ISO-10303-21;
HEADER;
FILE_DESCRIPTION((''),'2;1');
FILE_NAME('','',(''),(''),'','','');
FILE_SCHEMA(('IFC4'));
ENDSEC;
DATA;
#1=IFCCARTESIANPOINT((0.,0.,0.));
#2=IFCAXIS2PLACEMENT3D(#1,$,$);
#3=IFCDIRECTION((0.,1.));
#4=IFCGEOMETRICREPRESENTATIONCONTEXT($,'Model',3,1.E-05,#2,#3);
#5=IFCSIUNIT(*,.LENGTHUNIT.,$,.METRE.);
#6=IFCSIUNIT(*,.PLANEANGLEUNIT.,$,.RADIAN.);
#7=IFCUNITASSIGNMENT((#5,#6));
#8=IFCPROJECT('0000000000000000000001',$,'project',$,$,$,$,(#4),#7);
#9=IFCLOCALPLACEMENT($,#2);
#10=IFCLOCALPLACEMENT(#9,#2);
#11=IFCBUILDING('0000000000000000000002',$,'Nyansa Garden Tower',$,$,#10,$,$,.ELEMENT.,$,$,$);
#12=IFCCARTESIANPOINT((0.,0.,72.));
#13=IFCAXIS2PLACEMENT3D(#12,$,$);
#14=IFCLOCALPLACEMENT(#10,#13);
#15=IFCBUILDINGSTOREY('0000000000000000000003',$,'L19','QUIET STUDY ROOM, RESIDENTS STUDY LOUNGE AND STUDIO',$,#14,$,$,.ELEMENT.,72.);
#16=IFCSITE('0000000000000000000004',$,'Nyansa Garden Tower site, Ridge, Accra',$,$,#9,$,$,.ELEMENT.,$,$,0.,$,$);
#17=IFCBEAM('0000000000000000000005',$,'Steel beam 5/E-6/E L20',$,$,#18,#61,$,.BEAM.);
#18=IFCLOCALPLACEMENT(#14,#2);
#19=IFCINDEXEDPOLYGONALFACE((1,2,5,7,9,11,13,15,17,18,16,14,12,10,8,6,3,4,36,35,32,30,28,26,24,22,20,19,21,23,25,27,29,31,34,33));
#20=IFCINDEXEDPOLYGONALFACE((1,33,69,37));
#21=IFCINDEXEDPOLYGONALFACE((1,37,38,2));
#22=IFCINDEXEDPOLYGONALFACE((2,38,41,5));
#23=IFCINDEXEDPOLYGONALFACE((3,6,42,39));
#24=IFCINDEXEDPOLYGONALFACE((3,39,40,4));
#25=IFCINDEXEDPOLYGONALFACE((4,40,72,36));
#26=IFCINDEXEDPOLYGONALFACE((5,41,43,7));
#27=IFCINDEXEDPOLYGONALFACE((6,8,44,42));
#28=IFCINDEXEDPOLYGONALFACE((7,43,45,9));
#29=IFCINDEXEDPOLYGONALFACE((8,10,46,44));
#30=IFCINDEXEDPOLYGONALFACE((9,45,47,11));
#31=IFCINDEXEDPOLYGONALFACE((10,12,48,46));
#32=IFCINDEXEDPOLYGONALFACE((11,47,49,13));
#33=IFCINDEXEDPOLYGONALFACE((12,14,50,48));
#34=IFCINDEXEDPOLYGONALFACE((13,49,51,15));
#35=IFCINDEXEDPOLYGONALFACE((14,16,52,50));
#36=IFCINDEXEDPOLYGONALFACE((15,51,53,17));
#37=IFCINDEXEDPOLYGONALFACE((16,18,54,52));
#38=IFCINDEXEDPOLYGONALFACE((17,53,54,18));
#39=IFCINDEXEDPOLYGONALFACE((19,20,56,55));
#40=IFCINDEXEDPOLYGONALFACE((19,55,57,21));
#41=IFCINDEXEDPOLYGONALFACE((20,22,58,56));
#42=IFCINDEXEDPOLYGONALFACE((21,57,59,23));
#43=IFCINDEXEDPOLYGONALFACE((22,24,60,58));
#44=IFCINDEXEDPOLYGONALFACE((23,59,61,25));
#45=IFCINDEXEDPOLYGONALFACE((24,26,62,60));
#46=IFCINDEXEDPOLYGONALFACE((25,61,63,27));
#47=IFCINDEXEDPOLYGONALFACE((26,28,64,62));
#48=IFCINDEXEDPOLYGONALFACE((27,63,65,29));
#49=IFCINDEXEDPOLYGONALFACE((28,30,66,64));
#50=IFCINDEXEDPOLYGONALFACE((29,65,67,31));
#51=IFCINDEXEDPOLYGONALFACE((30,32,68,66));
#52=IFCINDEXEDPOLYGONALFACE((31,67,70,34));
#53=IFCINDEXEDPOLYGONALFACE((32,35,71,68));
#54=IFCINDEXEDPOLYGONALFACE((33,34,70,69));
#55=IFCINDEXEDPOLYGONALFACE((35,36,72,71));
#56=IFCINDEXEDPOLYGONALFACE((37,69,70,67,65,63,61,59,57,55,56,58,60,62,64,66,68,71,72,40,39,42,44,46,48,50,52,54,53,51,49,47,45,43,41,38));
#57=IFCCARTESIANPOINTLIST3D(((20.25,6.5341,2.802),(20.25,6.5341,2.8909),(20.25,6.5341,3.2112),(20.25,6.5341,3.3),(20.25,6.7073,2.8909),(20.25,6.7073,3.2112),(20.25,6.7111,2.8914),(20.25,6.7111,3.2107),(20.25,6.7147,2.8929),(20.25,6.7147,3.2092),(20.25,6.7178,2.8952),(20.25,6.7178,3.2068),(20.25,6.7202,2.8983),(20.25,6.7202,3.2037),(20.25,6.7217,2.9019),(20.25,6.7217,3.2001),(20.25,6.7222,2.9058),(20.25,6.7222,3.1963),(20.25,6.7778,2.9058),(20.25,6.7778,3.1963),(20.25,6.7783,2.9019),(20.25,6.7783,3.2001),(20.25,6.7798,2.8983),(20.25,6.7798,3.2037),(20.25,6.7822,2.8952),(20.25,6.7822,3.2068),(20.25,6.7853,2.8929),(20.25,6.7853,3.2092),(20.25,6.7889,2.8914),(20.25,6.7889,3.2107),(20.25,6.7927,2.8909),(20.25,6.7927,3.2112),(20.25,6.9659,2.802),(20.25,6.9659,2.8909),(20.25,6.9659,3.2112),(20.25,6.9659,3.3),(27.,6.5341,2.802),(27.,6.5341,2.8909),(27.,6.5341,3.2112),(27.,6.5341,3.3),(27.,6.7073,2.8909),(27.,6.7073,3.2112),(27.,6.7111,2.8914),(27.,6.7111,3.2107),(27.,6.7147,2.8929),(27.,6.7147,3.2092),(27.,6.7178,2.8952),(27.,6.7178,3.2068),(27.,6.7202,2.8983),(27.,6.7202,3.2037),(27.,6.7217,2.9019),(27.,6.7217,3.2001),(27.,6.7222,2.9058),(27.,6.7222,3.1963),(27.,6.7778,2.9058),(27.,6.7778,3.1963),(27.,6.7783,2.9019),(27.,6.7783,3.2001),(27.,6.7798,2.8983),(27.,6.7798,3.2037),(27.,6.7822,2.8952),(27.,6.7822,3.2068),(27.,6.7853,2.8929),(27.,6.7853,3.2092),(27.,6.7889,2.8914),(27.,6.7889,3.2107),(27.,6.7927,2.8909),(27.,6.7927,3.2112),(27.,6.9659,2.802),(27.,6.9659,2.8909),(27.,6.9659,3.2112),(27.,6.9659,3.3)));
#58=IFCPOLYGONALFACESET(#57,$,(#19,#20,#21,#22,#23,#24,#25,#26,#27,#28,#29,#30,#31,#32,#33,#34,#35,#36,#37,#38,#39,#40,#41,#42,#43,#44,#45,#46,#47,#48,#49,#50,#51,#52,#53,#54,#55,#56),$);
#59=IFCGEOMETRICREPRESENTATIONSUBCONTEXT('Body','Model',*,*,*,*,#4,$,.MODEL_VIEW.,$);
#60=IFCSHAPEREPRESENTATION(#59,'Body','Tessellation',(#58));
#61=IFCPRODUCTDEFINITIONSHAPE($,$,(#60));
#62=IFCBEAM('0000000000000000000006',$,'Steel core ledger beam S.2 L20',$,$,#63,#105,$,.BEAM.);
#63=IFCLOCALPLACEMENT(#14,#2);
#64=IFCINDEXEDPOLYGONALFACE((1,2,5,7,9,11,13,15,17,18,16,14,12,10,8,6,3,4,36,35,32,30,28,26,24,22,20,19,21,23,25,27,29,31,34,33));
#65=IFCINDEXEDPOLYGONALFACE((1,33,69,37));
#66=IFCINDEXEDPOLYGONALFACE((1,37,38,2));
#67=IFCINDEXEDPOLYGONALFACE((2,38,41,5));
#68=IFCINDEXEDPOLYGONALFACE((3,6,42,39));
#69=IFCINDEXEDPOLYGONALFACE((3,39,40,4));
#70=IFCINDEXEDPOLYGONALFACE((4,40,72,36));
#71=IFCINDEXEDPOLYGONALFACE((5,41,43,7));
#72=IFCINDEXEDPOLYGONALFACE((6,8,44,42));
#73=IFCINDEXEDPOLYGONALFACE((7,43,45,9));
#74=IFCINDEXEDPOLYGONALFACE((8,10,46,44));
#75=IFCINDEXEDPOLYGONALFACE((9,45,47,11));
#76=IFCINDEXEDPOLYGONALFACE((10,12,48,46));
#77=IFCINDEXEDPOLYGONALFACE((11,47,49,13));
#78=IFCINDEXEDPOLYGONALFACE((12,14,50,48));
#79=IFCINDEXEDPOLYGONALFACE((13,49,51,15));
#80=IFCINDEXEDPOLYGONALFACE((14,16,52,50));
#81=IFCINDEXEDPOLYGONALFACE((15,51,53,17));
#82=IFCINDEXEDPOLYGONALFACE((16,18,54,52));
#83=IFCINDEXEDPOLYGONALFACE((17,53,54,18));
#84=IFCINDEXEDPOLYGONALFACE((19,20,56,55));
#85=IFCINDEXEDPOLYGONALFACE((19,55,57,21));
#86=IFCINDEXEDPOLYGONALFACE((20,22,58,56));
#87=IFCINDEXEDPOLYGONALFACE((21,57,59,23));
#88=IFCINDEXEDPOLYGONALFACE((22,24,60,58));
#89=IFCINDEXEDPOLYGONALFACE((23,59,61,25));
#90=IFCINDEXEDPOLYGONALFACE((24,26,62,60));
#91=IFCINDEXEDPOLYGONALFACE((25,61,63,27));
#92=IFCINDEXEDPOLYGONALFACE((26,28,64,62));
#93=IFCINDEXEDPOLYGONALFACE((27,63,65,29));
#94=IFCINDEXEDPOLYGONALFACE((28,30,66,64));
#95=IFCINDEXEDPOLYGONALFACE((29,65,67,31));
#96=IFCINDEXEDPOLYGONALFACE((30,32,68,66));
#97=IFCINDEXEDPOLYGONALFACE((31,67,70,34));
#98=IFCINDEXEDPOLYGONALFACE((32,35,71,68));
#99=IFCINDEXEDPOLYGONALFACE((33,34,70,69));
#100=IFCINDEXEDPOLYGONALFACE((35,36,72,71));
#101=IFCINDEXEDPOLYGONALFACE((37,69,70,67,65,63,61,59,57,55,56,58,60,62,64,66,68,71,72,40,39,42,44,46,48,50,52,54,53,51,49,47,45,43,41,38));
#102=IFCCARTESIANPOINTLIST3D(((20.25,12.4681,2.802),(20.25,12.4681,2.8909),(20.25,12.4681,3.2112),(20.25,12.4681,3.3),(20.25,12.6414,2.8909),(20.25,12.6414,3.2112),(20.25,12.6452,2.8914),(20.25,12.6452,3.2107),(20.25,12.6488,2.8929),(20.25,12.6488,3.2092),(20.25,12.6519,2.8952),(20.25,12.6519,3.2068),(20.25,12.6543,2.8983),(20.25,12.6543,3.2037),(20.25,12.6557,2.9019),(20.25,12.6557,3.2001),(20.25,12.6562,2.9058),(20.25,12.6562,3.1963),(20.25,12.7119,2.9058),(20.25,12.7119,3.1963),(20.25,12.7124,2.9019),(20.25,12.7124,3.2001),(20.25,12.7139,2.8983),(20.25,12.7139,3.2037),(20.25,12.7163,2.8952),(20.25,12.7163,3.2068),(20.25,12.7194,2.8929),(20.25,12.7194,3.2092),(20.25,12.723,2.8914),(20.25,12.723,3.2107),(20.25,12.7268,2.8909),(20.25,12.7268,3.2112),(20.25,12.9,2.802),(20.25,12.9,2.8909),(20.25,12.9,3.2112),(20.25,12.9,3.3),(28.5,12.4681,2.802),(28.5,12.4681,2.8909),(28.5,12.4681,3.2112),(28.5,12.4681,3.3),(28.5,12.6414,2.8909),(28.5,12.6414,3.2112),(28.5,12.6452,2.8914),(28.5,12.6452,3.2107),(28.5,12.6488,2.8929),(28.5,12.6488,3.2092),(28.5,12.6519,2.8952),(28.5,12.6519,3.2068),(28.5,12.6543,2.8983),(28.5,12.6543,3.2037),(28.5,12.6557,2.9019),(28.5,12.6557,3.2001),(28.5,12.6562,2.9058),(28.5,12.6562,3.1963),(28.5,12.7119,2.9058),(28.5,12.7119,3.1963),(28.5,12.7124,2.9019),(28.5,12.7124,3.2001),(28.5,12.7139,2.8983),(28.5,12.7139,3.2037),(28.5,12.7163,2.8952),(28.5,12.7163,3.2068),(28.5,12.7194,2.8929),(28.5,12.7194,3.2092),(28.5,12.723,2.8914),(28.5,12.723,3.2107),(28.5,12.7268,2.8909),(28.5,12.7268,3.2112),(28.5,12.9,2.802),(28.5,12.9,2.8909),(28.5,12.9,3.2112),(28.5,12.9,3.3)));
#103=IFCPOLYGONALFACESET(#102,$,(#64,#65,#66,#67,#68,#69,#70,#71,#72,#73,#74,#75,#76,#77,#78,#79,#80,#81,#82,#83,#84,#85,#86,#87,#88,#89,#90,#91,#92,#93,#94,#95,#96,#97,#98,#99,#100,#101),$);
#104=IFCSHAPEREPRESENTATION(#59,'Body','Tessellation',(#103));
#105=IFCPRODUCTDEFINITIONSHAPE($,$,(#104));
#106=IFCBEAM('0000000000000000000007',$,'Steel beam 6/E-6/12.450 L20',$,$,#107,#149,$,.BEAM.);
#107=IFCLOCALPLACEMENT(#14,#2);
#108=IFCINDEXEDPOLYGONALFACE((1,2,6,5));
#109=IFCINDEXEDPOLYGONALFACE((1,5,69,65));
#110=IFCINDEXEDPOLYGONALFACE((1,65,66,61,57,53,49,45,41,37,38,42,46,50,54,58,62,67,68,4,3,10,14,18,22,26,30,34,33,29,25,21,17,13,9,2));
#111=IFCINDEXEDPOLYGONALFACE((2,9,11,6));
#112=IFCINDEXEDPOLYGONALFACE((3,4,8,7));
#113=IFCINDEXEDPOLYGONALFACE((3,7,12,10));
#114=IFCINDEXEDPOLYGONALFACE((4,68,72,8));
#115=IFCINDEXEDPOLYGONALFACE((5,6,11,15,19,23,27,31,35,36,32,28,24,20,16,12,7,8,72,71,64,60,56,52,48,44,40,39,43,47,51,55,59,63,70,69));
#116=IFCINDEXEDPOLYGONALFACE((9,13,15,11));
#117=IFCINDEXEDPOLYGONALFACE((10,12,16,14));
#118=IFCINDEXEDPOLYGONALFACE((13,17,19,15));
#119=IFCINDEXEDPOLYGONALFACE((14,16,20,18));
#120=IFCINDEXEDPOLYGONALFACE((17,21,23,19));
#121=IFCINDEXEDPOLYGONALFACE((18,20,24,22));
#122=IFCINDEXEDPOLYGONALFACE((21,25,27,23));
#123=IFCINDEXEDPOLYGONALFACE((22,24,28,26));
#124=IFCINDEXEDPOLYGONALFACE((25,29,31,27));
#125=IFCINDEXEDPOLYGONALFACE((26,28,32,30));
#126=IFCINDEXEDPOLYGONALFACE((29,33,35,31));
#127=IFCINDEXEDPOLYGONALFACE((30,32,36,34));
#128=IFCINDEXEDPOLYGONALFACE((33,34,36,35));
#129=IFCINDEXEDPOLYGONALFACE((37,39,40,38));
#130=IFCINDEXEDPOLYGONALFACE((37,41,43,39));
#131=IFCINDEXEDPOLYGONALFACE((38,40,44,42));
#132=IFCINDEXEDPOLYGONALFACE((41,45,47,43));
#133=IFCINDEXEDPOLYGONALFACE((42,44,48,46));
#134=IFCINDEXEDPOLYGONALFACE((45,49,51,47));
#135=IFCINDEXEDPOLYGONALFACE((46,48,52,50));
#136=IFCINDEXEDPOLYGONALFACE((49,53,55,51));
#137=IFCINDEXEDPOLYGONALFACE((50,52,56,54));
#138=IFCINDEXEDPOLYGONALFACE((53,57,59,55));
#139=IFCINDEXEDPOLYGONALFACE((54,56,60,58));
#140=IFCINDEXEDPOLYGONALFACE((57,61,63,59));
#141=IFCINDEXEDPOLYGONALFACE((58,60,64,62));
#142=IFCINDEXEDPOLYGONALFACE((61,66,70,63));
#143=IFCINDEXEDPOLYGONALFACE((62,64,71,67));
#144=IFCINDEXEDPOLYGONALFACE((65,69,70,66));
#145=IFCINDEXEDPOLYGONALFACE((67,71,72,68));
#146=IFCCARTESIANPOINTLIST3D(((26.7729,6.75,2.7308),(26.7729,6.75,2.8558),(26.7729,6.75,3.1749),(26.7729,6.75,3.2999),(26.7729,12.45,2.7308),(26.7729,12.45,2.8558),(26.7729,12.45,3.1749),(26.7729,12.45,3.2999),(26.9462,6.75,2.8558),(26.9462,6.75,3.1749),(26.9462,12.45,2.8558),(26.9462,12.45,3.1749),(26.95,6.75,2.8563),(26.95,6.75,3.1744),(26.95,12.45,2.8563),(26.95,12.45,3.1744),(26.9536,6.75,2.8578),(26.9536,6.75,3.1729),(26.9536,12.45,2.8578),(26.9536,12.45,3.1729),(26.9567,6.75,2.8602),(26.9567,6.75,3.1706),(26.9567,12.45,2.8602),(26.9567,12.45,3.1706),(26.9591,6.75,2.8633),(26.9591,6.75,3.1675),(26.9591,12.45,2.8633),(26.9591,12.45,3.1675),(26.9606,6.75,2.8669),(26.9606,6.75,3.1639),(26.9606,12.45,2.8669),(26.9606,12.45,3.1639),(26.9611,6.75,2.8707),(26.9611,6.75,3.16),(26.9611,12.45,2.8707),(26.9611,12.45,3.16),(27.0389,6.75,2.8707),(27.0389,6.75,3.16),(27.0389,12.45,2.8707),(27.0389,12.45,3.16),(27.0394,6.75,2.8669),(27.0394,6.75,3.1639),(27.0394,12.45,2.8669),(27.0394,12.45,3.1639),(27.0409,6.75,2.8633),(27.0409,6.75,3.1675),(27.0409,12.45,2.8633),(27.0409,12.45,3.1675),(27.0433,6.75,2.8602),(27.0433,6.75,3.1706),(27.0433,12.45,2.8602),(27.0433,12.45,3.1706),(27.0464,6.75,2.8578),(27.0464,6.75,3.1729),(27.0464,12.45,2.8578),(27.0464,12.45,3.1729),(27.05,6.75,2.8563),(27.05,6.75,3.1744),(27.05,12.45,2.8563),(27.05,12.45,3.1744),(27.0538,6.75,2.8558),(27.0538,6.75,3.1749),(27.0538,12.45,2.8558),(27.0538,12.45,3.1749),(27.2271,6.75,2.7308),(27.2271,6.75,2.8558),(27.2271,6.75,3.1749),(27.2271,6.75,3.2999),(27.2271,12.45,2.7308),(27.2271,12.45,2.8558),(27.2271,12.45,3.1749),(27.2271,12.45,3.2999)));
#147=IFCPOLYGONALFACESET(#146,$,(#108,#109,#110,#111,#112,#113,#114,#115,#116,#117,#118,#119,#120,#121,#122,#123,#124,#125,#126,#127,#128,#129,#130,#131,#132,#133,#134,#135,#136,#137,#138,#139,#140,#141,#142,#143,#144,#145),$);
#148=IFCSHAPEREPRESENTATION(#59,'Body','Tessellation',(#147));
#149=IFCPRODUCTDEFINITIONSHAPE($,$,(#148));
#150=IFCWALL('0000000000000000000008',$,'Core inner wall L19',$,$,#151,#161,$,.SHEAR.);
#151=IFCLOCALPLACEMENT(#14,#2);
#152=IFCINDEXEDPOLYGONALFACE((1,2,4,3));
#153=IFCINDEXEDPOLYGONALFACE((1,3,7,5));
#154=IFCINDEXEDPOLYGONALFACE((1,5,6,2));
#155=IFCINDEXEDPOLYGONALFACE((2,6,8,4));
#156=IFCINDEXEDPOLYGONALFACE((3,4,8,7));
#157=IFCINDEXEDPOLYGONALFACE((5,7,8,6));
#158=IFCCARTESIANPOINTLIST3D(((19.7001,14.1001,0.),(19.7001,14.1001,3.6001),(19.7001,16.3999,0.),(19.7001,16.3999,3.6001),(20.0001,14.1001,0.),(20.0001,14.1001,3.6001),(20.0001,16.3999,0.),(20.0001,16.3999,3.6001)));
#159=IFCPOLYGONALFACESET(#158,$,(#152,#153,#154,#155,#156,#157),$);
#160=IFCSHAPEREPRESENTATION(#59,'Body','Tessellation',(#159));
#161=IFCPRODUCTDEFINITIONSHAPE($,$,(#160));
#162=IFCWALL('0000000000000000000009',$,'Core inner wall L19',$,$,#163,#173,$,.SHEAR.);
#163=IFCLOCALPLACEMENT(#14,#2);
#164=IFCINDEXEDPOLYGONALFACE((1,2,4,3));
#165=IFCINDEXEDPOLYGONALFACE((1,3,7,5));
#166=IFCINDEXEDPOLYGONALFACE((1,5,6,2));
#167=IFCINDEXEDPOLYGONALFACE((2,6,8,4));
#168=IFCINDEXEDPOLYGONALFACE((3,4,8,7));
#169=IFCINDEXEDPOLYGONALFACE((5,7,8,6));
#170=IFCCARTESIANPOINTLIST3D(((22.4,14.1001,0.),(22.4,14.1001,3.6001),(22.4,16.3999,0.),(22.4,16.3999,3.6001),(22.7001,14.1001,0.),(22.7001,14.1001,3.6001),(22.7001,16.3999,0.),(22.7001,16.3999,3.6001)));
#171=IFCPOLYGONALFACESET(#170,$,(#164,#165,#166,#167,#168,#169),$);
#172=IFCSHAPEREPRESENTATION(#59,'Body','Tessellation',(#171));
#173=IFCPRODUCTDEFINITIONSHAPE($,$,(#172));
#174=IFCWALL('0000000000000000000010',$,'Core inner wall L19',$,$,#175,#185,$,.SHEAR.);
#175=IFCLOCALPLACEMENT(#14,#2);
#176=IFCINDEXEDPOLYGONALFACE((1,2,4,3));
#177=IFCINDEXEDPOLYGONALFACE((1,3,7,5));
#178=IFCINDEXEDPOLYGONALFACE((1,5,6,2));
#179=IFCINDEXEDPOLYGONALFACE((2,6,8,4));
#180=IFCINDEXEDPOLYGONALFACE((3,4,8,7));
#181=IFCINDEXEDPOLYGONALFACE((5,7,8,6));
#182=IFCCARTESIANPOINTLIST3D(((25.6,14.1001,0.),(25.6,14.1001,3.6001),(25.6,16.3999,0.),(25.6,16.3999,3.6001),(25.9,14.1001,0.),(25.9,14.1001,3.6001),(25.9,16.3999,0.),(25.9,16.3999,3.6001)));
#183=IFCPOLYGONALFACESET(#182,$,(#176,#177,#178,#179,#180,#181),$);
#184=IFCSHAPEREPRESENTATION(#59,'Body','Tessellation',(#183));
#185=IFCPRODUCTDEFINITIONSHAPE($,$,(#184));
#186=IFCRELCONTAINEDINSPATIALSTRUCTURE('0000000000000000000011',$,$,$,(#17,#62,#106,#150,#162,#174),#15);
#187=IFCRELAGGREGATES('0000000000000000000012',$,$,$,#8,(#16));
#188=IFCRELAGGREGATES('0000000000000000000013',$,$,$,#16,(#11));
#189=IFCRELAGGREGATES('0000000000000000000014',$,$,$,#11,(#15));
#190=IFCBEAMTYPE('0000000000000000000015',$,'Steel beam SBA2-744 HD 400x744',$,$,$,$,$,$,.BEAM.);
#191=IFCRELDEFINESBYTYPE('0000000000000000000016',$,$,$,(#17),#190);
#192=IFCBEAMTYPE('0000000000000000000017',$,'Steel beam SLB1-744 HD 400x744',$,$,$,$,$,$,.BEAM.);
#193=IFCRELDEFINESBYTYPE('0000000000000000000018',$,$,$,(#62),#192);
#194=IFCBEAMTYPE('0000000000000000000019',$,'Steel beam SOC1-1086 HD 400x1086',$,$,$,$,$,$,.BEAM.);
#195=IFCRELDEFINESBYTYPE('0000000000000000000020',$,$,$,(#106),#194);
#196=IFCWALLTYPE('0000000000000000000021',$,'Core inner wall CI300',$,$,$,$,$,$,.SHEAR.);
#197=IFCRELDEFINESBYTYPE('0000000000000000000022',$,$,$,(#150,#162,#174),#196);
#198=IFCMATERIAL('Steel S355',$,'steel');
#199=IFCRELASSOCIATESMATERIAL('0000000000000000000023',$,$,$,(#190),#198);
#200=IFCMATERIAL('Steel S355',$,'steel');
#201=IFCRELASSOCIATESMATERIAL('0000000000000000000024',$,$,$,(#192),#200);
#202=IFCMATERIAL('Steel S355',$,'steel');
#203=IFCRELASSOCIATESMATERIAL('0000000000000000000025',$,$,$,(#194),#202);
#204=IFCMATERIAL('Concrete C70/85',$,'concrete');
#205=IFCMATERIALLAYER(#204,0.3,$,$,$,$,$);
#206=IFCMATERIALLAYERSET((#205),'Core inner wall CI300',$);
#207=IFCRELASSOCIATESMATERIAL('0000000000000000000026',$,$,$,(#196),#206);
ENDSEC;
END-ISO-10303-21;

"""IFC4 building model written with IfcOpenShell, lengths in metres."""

from ifc_helpers import new_model, si_unit, direction, frame, frame_2d, origin, origin_2d, place, context, subcontext, project, spatial, rectangle, i_section, extrude, material, layer, layer_set, material_profile, profile_set, type_object, element, save


model = new_model("IFC4")

# Units and contexts
model_context = context("Model", 3, precision=1e-05, world=origin(), true_north=direction((0.0, 1.0)))
body_context = subcontext(model_context, "Body", "Model", "MODEL_VIEW")
ifc_project = project(units=[si_unit("LENGTHUNIT", "METRE"), si_unit("PLANEANGLEUNIT", "RADIAN")], contexts=[model_context])

# Site, building, storey
site_placement = place(None, origin())
site = spatial("IfcSite", under=ifc_project, at=site_placement, Name="Nyansa Garden Tower site, Ridge, Accra", CompositionType="ELEMENT", RefElevation=0.0)
building_placement = place(site_placement, origin())
building = spatial("IfcBuilding", under=site, at=building_placement, Name="Nyansa Garden Tower", CompositionType="ELEMENT")
storey_placement = place(building_placement, frame((0.0, 0.0, 72.0)))
storey = spatial("IfcBuildingStorey", under=building, at=storey_placement, Name="L19", Description="QUIET STUDY ROOM, RESIDENTS STUDY LOUNGE AND STUDIO", CompositionType="ELEMENT", Elevation=72.0)

# Beams
ifc_material_1 = material(Name="Steel S355", Category="steel")
ifc_material_profile_1 = material_profile(ifc_material_1, i_section(OverallWidth=0.4319, OverallDepth=0.498, WebThickness=0.0557, FlangeThickness=0.0889, FilletRadius=0.0149, at=origin_2d()), Name="HD 400x744")
ifc_profile_set_1 = profile_set([ifc_material_profile_1], Name="Steel S355")
beam_type_1 = type_object("IfcBeamType", Name="Steel beam SBA2-744 HD 400x744", PredefinedType="BEAM", material=ifc_profile_set_1)
beam_1_placement = place(storey_placement, frame((20.25, 6.75, 3.051), z_axis=(1.0, 0.0, 0.0), x_axis=(0.0, 1.0, 0.0)))
element("IfcBeam", 1, at=beam_1_placement, inside=storey, type_object=beam_type_1, Name="Steel beam 5/E-6/E L20", PredefinedType="BEAM", context=body_context, shape_type="SweptSolid", body=[
    extrude(i_section(OverallWidth=0.4319, OverallDepth=0.498, WebThickness=0.0557, FlangeThickness=0.0889, FilletRadius=0.0149, at=origin_2d()), origin(), (0.0, 0.0, 1.0), 6.75),
])
ifc_material_2 = material(Name="Steel S355", Category="steel")
ifc_material_profile_2 = material_profile(ifc_material_2, i_section(OverallWidth=0.4319, OverallDepth=0.498, WebThickness=0.0557, FlangeThickness=0.0889, FilletRadius=0.0149, at=origin_2d()), Name="HD 400x744")
ifc_profile_set_2 = profile_set([ifc_material_profile_2], Name="Steel S355")
beam_type_2 = type_object("IfcBeamType", Name="Steel beam SLB1-744 HD 400x744", PredefinedType="BEAM", material=ifc_profile_set_2)
beam_2_placement = place(storey_placement, frame((20.25, 12.6841, 3.051), z_axis=(1.0, 0.0, 0.0), x_axis=(0.0, 1.0, 0.0)))
element("IfcBeam", 2, at=beam_2_placement, inside=storey, type_object=beam_type_2, Name="Steel core ledger beam S.2 L20", PredefinedType="BEAM", context=body_context, shape_type="SweptSolid", body=[
    extrude(i_section(OverallWidth=0.4319, OverallDepth=0.498, WebThickness=0.0557, FlangeThickness=0.0889, FilletRadius=0.0149, at=origin_2d()), origin(), (0.0, 0.0, 1.0), 8.25),
])
ifc_material_3 = material(Name="Steel S355", Category="steel")
ifc_material_profile_3 = material_profile(ifc_material_3, i_section(OverallWidth=0.4541, OverallDepth=0.5691, WebThickness=0.0779, FlangeThickness=0.125, FilletRadius=0.0149, at=origin_2d()), Name="HD 400x1086")
ifc_profile_set_3 = profile_set([ifc_material_profile_3], Name="Steel S355")
beam_type_3 = type_object("IfcBeamType", Name="Steel beam SOC1-1086 HD 400x1086", PredefinedType="BEAM", material=ifc_profile_set_3)
beam_3_placement = place(storey_placement, frame((27.0, 6.75, 3.0154), z_axis=(0.0, 1.0, 0.0), x_axis=(-1.0, 0.0, 0.0)))
element("IfcBeam", 3, at=beam_3_placement, inside=storey, type_object=beam_type_3, Name="Steel beam 6/E-6/12.450 L20", PredefinedType="BEAM", context=body_context, shape_type="SweptSolid", body=[
    extrude(i_section(OverallWidth=0.4541, OverallDepth=0.5691, WebThickness=0.0779, FlangeThickness=0.125, FilletRadius=0.0149, at=origin_2d()), origin(), (0.0, 0.0, 1.0), 5.7),
])

# Walls
ifc_material_4 = material(Name="Concrete C70/85", Category="concrete")
ifc_layer_1 = layer(ifc_material_4, 0.3)
ifc_layer_set_1 = layer_set([ifc_layer_1], Name="Core inner wall CI300")
wall_type_1 = type_object("IfcWallType", Name="Core inner wall CI300", PredefinedType="SHEAR", material=ifc_layer_set_1)
for number, where, z_axis, x_axis, name in (
    (4, (19.8501, 14.1001, 0.0), (0.0, 0.0, 1.0), (0.0, 1.0, 0.0), "Core inner wall L19"),
    (5, (22.55, 14.1001, 0.0), (0.0, 0.0, 1.0), (0.0, 1.0, 0.0), "Core inner wall L19"),
    (6, (25.75, 14.1001, 0.0), (0.0, 0.0, 1.0), (0.0, 1.0, 0.0), "Core inner wall L19"),
):
    element("IfcWall", number, at=place(storey_placement, frame(where, z_axis=z_axis, x_axis=x_axis)), inside=storey, type_object=wall_type_1, Name=name, PredefinedType="SHEAR", context=body_context, shape_type="SweptSolid", body=[
        extrude(rectangle(XDim=2.2998, YDim=0.3, at=frame_2d((1.1499, 0.0))), origin(), (0.0, 0.0, 1.0), 3.6001),
    ])

save(model, "model.ifc")
